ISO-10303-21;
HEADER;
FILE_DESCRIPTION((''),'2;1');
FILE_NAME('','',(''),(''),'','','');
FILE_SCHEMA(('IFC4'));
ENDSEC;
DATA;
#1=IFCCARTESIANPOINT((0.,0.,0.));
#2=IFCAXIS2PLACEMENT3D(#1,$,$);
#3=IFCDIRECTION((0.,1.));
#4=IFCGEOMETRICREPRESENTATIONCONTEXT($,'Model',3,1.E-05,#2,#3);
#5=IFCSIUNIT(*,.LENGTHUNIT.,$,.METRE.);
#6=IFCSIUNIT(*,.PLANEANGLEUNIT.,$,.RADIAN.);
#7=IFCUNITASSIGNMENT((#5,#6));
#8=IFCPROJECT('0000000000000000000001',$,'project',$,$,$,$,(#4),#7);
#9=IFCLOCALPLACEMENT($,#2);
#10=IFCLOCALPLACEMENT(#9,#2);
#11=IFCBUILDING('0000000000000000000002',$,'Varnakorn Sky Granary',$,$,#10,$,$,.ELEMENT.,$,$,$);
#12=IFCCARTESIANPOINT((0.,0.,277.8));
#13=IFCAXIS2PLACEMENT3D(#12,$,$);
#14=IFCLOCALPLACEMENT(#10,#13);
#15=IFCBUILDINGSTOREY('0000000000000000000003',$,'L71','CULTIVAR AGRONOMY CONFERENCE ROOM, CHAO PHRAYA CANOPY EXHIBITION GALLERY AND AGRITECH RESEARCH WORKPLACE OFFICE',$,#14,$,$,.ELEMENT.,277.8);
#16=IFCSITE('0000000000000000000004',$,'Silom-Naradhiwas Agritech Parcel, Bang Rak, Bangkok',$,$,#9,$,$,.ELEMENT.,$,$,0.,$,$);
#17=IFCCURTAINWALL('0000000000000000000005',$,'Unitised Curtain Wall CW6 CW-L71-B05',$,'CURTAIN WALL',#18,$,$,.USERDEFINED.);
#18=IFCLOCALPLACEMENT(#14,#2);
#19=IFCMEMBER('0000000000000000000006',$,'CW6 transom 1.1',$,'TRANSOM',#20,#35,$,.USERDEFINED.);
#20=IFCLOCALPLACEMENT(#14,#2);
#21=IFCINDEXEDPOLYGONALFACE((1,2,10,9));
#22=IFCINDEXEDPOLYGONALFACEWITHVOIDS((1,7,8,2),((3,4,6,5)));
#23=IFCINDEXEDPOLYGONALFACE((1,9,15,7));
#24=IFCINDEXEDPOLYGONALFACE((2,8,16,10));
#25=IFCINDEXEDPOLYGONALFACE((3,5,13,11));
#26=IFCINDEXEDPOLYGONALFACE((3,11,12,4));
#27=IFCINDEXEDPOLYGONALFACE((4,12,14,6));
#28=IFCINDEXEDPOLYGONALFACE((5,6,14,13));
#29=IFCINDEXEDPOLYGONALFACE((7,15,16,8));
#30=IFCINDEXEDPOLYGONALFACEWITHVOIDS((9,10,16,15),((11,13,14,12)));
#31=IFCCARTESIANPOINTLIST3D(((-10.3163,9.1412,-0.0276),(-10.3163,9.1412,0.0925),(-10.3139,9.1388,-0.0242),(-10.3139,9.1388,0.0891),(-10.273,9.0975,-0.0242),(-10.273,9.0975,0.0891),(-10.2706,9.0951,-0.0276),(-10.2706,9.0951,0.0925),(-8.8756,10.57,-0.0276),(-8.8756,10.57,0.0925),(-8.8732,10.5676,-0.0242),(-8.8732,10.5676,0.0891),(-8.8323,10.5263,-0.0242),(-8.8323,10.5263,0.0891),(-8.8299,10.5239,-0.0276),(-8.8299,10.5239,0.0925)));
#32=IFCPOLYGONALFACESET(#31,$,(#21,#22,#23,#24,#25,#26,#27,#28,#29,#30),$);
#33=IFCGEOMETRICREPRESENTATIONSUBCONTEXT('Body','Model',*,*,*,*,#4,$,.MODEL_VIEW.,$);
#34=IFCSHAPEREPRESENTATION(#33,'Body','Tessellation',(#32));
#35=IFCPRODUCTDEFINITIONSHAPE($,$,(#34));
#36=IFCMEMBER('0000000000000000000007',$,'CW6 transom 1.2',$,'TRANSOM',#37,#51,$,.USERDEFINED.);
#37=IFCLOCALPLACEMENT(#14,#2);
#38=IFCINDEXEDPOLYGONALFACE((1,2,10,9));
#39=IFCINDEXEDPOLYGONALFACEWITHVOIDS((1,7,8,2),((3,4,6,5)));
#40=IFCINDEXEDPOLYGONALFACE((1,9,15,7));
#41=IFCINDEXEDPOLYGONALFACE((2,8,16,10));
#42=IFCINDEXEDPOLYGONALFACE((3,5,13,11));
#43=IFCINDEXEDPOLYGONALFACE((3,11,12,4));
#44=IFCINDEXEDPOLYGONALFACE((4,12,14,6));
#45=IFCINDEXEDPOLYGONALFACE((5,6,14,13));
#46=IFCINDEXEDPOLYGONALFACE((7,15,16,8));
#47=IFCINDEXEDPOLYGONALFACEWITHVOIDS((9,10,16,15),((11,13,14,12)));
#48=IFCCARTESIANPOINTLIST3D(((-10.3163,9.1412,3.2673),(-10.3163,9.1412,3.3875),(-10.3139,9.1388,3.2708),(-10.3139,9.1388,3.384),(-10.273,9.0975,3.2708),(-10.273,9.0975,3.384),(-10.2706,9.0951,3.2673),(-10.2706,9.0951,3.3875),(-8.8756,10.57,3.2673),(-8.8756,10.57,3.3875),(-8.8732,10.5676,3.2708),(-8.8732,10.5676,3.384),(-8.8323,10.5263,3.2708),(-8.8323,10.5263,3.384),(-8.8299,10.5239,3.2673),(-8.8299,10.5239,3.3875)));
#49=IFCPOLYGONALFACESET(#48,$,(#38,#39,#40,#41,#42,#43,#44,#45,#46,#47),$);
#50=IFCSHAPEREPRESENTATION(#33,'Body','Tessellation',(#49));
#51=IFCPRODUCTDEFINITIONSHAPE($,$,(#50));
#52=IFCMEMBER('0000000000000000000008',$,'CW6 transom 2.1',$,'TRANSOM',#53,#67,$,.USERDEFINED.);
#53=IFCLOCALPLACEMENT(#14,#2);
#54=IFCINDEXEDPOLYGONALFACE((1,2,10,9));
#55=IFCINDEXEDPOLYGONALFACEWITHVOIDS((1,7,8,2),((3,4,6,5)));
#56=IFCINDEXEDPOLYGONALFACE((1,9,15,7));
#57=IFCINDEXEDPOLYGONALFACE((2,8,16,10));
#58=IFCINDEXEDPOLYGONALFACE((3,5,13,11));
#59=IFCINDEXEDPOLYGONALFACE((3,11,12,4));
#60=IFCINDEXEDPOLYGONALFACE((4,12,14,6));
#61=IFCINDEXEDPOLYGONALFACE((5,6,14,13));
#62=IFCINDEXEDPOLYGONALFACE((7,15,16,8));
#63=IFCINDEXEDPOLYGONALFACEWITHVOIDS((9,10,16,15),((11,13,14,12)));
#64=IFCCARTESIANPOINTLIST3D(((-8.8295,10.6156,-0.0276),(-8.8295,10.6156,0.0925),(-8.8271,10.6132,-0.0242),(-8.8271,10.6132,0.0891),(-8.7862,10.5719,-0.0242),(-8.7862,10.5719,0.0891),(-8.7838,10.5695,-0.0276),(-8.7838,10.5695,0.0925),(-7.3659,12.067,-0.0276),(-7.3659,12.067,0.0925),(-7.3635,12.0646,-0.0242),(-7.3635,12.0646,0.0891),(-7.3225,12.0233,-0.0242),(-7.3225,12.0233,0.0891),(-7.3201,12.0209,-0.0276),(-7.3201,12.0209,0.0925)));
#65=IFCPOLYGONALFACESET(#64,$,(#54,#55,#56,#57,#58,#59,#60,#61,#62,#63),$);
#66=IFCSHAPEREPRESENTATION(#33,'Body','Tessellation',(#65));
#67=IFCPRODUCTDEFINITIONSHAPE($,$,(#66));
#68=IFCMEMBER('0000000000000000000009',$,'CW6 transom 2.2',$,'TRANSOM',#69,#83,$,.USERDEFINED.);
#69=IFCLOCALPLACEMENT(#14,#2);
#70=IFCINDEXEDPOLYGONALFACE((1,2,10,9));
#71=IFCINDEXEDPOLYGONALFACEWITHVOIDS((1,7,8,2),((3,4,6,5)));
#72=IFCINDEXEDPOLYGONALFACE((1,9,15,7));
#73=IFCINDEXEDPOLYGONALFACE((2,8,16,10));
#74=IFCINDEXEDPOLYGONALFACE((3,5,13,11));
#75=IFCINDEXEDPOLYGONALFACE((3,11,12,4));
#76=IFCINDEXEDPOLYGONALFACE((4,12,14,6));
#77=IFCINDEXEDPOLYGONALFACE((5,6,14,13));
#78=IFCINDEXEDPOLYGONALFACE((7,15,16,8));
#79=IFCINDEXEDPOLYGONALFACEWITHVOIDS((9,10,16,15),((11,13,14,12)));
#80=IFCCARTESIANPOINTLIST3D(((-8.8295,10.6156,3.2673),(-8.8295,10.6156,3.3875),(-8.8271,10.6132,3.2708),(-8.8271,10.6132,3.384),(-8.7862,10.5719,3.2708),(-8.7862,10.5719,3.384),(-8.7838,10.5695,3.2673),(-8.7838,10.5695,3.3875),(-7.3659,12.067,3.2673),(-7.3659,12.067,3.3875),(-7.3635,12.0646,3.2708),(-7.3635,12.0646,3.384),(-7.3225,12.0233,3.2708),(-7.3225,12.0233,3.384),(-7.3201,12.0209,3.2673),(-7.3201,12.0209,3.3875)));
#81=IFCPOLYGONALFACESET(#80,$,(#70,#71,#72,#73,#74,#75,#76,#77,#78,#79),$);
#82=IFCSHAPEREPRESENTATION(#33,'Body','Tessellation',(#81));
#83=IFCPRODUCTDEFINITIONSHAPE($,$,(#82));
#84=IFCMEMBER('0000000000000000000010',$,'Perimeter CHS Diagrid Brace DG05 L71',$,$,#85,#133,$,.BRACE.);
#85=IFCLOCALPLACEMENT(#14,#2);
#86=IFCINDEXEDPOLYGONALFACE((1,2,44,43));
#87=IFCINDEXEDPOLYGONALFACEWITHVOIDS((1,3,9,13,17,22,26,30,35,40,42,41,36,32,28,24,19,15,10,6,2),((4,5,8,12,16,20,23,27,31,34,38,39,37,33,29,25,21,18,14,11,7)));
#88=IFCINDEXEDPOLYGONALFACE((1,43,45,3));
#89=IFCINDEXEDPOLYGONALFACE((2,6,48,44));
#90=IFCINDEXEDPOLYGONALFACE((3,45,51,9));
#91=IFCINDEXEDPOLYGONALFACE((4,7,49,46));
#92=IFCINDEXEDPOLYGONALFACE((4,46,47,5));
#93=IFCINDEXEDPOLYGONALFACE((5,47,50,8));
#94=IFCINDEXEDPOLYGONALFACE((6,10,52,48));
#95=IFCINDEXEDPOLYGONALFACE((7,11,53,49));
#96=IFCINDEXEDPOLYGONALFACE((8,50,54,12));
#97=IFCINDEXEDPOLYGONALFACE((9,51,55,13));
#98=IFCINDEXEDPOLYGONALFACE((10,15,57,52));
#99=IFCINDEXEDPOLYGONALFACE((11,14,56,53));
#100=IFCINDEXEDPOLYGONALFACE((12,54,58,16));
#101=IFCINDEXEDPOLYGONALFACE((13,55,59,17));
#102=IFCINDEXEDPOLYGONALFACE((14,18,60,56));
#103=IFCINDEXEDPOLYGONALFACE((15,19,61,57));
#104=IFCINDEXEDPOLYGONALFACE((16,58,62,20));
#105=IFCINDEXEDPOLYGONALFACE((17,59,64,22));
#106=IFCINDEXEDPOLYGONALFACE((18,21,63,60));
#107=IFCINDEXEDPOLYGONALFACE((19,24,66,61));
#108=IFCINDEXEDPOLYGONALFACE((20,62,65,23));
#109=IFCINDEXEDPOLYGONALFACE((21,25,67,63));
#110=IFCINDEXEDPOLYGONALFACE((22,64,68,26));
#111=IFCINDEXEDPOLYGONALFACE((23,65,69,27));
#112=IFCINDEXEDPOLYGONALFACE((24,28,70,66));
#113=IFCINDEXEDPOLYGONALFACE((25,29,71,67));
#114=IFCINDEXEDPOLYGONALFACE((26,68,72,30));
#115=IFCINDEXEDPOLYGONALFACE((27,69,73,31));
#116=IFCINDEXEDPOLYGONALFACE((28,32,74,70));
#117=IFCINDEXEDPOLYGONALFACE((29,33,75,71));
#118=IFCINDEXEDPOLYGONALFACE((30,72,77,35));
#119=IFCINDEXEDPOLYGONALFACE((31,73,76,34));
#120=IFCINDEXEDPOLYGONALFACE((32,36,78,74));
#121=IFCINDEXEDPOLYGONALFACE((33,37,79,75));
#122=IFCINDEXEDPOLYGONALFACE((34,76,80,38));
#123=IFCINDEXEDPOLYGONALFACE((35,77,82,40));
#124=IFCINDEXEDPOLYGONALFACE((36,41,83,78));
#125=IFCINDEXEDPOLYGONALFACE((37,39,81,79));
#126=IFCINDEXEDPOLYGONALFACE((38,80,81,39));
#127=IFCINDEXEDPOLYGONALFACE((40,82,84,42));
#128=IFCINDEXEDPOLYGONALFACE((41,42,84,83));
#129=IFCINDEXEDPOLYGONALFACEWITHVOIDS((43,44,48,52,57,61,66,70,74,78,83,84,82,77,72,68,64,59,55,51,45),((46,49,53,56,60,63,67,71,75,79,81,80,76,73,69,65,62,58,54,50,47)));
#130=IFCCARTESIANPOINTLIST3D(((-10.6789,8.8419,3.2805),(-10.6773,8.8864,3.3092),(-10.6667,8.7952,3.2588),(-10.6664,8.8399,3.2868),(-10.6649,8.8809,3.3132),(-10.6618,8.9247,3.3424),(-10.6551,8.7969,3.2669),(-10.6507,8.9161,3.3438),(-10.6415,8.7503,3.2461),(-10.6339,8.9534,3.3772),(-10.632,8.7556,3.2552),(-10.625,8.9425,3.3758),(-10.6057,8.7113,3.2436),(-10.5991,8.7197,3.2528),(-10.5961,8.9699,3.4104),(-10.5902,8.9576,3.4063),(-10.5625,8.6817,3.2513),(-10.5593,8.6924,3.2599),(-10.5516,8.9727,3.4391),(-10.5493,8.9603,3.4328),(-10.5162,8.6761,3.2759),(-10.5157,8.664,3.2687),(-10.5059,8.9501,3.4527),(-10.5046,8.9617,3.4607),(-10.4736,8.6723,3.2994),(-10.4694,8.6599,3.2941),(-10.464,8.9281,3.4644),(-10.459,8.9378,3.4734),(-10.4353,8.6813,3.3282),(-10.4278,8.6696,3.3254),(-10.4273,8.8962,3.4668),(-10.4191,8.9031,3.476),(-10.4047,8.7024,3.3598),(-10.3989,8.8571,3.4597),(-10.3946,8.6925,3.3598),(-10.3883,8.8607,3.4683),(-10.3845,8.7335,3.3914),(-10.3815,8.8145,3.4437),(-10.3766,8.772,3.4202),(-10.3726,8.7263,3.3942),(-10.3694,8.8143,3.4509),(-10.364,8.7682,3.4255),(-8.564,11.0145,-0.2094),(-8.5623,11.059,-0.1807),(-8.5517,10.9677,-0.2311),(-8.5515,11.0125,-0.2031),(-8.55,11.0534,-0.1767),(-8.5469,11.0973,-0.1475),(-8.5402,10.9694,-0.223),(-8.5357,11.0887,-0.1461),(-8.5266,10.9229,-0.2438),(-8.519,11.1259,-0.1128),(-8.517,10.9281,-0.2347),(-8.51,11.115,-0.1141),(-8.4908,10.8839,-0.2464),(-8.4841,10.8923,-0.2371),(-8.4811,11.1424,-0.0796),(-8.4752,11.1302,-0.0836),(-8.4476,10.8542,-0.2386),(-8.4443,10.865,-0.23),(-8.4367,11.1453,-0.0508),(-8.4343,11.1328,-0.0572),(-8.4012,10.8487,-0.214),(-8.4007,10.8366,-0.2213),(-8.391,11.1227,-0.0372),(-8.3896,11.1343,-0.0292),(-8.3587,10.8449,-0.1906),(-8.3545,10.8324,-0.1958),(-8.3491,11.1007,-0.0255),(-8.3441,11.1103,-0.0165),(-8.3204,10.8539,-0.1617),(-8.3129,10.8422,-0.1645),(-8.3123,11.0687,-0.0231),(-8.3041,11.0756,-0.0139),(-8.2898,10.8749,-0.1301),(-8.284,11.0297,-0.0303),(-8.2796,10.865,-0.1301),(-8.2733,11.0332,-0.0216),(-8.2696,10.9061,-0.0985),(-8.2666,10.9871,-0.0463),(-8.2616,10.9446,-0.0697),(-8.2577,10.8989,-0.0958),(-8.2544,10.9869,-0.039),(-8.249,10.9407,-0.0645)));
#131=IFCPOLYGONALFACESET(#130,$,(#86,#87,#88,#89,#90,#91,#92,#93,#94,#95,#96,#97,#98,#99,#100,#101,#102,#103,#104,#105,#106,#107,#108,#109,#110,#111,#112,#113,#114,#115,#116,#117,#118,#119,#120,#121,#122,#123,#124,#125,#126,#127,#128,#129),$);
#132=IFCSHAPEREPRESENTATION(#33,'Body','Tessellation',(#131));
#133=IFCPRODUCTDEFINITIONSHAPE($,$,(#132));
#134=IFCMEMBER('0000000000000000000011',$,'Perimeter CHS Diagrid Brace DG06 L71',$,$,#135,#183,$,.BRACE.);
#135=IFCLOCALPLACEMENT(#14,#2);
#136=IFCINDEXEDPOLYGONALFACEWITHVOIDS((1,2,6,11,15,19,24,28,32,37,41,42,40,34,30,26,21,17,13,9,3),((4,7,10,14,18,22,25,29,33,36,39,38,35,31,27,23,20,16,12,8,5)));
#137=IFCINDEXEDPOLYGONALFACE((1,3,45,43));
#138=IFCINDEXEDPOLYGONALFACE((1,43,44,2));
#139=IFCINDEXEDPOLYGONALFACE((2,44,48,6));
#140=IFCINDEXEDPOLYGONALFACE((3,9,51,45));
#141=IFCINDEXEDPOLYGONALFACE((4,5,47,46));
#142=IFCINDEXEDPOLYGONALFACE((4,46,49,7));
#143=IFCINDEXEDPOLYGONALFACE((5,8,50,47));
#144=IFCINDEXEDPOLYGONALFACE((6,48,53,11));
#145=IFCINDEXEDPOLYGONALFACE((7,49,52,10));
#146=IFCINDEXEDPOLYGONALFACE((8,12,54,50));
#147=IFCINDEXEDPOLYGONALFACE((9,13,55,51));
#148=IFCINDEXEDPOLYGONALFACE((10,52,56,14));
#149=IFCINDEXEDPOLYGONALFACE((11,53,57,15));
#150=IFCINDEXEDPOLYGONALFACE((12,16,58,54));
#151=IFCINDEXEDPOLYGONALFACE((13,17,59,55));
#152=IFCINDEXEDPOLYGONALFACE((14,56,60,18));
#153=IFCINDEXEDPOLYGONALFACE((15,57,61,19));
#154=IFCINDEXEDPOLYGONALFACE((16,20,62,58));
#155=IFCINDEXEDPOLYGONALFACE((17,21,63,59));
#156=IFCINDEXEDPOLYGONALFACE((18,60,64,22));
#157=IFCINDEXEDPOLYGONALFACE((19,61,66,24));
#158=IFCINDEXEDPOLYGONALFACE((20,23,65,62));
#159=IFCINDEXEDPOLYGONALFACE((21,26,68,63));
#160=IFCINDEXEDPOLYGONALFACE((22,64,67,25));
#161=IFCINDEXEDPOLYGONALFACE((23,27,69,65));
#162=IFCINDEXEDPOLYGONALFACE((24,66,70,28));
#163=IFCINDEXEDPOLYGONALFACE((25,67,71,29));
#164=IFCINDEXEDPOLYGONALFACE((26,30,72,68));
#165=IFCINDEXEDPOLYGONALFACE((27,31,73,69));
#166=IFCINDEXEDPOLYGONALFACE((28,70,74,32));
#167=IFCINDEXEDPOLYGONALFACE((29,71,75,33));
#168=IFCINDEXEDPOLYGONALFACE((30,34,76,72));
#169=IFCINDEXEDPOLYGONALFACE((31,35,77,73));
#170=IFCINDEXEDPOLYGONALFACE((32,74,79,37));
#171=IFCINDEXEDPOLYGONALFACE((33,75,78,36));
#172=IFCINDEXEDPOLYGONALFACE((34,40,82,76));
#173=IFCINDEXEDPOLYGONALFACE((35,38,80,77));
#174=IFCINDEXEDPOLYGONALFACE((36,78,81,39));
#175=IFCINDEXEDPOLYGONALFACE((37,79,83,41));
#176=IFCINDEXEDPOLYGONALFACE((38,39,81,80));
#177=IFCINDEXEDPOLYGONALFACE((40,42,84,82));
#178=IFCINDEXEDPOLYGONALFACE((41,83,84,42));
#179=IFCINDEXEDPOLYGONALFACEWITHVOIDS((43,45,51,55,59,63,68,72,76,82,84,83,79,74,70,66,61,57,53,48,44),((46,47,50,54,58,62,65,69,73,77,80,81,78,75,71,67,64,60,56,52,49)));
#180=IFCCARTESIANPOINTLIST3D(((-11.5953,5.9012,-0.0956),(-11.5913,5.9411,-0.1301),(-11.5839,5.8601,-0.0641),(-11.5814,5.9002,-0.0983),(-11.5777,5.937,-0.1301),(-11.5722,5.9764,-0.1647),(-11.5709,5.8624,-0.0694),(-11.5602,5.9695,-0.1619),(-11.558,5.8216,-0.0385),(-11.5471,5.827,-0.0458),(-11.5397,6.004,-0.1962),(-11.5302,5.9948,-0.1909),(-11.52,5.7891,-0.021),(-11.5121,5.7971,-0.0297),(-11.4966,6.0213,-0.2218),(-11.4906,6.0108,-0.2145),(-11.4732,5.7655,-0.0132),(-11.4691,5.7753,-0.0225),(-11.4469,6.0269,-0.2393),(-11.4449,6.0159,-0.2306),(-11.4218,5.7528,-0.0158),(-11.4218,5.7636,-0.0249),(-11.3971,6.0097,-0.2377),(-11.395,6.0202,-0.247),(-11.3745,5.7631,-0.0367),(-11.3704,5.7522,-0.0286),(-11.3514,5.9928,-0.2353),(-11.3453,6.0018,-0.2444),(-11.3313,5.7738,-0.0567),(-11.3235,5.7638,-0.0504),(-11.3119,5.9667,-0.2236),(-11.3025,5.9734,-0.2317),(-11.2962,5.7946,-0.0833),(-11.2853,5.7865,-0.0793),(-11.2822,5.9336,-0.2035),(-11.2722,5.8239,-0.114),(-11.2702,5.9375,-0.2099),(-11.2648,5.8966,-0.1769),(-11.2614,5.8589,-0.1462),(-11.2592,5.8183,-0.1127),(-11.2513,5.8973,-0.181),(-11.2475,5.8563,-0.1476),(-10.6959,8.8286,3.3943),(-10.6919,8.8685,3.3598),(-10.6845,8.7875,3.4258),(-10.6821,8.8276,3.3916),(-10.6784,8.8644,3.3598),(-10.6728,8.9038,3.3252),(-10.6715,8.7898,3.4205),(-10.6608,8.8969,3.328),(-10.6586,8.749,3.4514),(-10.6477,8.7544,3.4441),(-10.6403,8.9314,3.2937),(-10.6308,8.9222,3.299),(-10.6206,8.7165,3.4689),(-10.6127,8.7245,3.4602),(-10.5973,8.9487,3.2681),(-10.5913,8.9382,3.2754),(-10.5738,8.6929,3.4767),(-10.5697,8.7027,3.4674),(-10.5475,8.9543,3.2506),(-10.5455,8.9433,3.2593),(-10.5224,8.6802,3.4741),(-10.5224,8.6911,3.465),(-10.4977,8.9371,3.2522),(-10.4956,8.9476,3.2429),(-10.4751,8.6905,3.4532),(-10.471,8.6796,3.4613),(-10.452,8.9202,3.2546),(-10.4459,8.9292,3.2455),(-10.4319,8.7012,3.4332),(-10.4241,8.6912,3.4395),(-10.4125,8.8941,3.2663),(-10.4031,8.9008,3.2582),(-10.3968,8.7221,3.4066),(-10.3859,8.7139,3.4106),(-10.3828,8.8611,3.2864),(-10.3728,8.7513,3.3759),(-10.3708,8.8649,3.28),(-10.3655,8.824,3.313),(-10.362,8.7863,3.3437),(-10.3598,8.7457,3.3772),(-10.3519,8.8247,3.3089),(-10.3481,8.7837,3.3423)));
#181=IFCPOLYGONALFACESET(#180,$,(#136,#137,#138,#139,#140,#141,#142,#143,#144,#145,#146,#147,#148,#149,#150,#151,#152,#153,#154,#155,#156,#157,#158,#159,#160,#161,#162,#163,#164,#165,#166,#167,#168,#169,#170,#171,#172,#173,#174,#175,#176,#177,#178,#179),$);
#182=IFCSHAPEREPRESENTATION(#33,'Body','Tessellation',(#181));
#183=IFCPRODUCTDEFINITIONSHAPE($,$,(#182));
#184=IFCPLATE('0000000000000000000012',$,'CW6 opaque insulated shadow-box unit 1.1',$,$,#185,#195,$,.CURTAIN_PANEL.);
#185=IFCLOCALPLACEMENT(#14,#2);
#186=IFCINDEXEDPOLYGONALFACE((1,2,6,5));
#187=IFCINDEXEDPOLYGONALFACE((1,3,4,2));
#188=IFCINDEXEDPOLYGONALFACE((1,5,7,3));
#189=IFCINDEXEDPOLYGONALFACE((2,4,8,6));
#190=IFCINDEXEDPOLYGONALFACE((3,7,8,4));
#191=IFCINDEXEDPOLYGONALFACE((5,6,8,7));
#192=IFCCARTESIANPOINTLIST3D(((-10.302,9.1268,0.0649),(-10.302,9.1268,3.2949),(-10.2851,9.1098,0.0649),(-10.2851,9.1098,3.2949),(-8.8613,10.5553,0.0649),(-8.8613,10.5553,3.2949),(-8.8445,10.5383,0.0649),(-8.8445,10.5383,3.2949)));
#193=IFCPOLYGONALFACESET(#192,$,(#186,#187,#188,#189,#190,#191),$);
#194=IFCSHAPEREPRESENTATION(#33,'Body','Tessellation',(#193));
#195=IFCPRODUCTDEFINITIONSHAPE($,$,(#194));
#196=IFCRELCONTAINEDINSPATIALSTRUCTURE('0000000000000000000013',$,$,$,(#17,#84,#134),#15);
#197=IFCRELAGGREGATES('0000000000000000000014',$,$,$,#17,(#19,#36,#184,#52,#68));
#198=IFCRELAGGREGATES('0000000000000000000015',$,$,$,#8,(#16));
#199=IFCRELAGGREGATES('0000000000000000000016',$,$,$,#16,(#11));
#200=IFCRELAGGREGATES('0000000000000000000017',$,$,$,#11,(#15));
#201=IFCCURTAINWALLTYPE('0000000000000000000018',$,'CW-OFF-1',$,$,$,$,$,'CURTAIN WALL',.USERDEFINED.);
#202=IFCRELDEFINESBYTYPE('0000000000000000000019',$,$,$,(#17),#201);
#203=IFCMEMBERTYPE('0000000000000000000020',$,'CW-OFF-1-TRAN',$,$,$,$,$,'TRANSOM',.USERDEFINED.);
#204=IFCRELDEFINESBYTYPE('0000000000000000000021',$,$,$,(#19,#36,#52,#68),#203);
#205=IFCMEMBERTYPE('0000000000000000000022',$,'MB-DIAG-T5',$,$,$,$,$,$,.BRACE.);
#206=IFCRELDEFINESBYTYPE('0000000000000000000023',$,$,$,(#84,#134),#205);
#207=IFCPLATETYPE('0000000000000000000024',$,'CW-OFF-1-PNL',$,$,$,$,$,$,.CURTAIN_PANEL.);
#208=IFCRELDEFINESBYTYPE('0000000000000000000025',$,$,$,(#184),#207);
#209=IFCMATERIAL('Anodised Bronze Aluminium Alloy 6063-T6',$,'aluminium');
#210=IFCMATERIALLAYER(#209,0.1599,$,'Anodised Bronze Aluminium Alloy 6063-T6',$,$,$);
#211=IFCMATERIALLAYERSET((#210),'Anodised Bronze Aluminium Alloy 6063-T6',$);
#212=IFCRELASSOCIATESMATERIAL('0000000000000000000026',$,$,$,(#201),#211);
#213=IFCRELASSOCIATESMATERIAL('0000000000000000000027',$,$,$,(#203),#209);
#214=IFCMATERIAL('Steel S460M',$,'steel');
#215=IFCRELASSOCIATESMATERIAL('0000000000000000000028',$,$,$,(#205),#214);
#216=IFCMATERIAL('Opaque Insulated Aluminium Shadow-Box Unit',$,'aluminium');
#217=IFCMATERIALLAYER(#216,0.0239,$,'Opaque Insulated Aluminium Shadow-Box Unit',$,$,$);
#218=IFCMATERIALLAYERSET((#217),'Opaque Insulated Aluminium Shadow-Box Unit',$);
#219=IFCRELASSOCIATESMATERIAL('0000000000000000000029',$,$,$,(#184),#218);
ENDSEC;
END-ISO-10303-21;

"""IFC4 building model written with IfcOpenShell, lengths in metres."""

from ifc_helpers import new_model, si_unit, direction, frame, origin, origin_2d, place, context, subcontext, project, spatial, rectangle, hollow_rectangle, hollow_circle, extrude, source, transform, mapped, material, layer, layer_set, material_profile, profile_set, type_object, type_shapes, element, aggregate, save


model = new_model("IFC4")

# Units and contexts
model_context = context("Model", 3, precision=1e-05, world=origin(), true_north=direction((0.0, 1.0)))
body_context = subcontext(model_context, "Body", "Model", "MODEL_VIEW")
ifc_project = project(units=[si_unit("LENGTHUNIT", "METRE"), si_unit("PLANEANGLEUNIT", "RADIAN")], contexts=[model_context])

# Site, building, storey
site_placement = place(None, origin())
site = spatial("IfcSite", under=ifc_project, at=site_placement, Name="Silom-Naradhiwas Agritech Parcel, Bang Rak, Bangkok", CompositionType="ELEMENT", RefElevation=0.0)
building_placement = place(site_placement, origin())
building = spatial("IfcBuilding", under=site, at=building_placement, Name="Varnakorn Sky Granary", CompositionType="ELEMENT")
storey_placement = place(building_placement, frame((0.0, 0.0, 277.8)))
storey = spatial("IfcBuildingStorey", under=building, at=storey_placement, Name="L71", Description="CULTIVAR AGRONOMY CONFERENCE ROOM, CHAO PHRAYA CANOPY EXHIBITION GALLERY AND AGRITECH RESEARCH WORKPLACE OFFICE", CompositionType="ELEMENT", Elevation=277.8)

# Shared definitions
ifc_material_1 = material(Name="Steel S460M", Category="steel")

# Curtain wall, members
ifc_material_2 = material(Name="Anodised Bronze Aluminium Alloy 6063-T6", Category="aluminium")
ifc_layer_1 = layer(ifc_material_2, 0.1599, Name="Anodised Bronze Aluminium Alloy 6063-T6")
ifc_layer_set_1 = layer_set([ifc_layer_1], Name="Anodised Bronze Aluminium Alloy 6063-T6")
curtain_wall_type = type_object("IfcCurtainWallType", Name="CW-OFF-1", ElementType="CURTAIN WALL", PredefinedType="USERDEFINED", material=ifc_layer_set_1)
curtain_wall_placement = place(storey_placement, origin())
curtain_wall = element("IfcCurtainWall", 1, at=curtain_wall_placement, inside=storey, type_object=curtain_wall_type, Name="Unitised Curtain Wall CW6 CW-L71-B05", ObjectType="CURTAIN WALL", PredefinedType="USERDEFINED")
ifc_material_profile_1 = material_profile(ifc_material_2, hollow_rectangle(XDim=0.0649, YDim=0.1201, WallThickness=0.0034, at=origin_2d()), Name="ALU TRAN 65x120")
ifc_profile_set_1 = profile_set([ifc_material_profile_1], Name="Anodised Bronze Aluminium Alloy 6063-T6")
member_type_1 = type_object("IfcMemberType", Name="CW-OFF-1-TRAN", ElementType="TRANSOM", PredefinedType="USERDEFINED", material=ifc_profile_set_1)
member_1_placement = place(storey_placement, frame((-10.2935, 9.1182, 0.0325), z_axis=(0.710049, 0.704153, 0.0), x_axis=(-0.704153, 0.710049, 0.0)))
member_1 = element("IfcMember", 2, at=member_1_placement, type_object=member_type_1, Name="CW6 transom 1.1", ObjectType="TRANSOM", PredefinedType="USERDEFINED", context=body_context, shape_type="SweptSolid", body=[
    extrude(hollow_rectangle(XDim=0.0649, YDim=0.1201, WallThickness=0.0034, at=origin_2d()), origin(), (0.0, 0.0, 1.0), 2.0291),
])
member_2_placement = place(storey_placement, frame((-10.2935, 9.1182, 3.3274), z_axis=(0.710049, 0.704153, 0.0), x_axis=(-0.704153, 0.710049, 0.0)))
member_2 = element("IfcMember", 3, at=member_2_placement, type_object=member_type_1, Name="CW6 transom 1.2", ObjectType="TRANSOM", PredefinedType="USERDEFINED", context=body_context, shape_type="SweptSolid", body=[
    extrude(hollow_rectangle(XDim=0.0649, YDim=0.1201, WallThickness=0.0034, at=origin_2d()), origin(), (0.0, 0.0, 1.0), 2.0291),
])
member_3_placement = place(storey_placement, frame((-8.8066, 10.5925, 0.0325), z_axis=(0.710062, 0.70414, 0.0), x_axis=(-0.70414, 0.710062, 0.0)))
member_3 = element("IfcMember", 4, at=member_3_placement, type_object=member_type_1, Name="CW6 transom 2.1", ObjectType="TRANSOM", PredefinedType="USERDEFINED", context=body_context, shape_type="SweptSolid", body=[
    extrude(hollow_rectangle(XDim=0.0649, YDim=0.1201, WallThickness=0.0034, at=origin_2d()), origin(), (0.0, 0.0, 1.0), 2.0613),
])
member_4_placement = place(storey_placement, frame((-8.8066, 10.5925, 3.3274), z_axis=(0.710062, 0.70414, 0.0), x_axis=(-0.70414, 0.710062, 0.0)))
member_4 = element("IfcMember", 5, at=member_4_placement, type_object=member_type_1, Name="CW6 transom 2.2", ObjectType="TRANSOM", PredefinedType="USERDEFINED", context=body_context, shape_type="SweptSolid", body=[
    extrude(hollow_rectangle(XDim=0.0649, YDim=0.1201, WallThickness=0.0034, at=origin_2d()), origin(), (0.0, 0.0, 1.0), 2.0613),
])

# Members
ifc_material_profile_2 = material_profile(ifc_material_1, hollow_circle(Radius=0.1777, WallThickness=0.0142, at=origin_2d()), Name="CHS 355.6x14")
ifc_profile_set_2 = profile_set([ifc_material_profile_2], Name="Steel S460M")
member_type_2 = type_object("IfcMemberType", Name="MB-DIAG-T5", PredefinedType="BRACE", material=ifc_profile_set_2)
member_5_placement = place(storey_placement, frame((-8.407, 10.989, -0.1301), z_axis=(-0.457479, -0.469942, 0.754896), x_axis=(0.716544, -0.697542, 0.0)))
element("IfcMember", 6, at=member_5_placement, inside=storey, type_object=member_type_2, Name="Perimeter CHS Diagrid Brace DG05 L71", PredefinedType="BRACE", context=body_context, shape_type="SweptSolid", body=[
    extrude(hollow_circle(Radius=0.1777, WallThickness=0.0142, at=origin_2d()), origin(), (0.0, 0.0, 1.0), 4.623),
])
member_6_placement = place(storey_placement, frame((-11.4214, 5.8889, -0.1301), z_axis=(0.193706, 0.630492, 0.751637), x_axis=(-0.955903, 0.293682, 0.0)))
element("IfcMember", 7, at=member_6_placement, inside=storey, type_object=member_type_2, Name="Perimeter CHS Diagrid Brace DG06 L71", PredefinedType="BRACE", context=body_context, shape_type="SweptSolid", body=[
    extrude(hollow_circle(Radius=0.1777, WallThickness=0.0142, at=origin_2d()), origin(), (0.0, 0.0, 1.0), 4.6431),
])

# Plate
ifc_material_3 = material(Name="Opaque Insulated Aluminium Shadow-Box Unit", Category="aluminium")
ifc_layer_2 = layer(ifc_material_3, 0.0239, Name="Opaque Insulated Aluminium Shadow-Box Unit")
ifc_layer_set_2 = layer_set([ifc_layer_2], Name="Opaque Insulated Aluminium Shadow-Box Unit")
plate_type = type_object("IfcPlateType", Name="CW-OFF-1-PNL", PredefinedType="CURTAIN_PANEL")
shared_shape_1 = source(origin(), body_context, "Body", "SweptSolid", [
    extrude(rectangle(XDim=2.0288, YDim=0.0239, at=origin_2d()), origin(), (0.0, 0.0, 1.0), 3.23),
])
type_shapes(plate_type, [shared_shape_1])
plate_placement = place(storey_placement, frame((-9.5732, 9.8325, 0.0649), z_axis=(0.0, 0.0, 1.0), x_axis=(0.710099, 0.704102, 0.0)))
plate = element("IfcPlate", 8, at=plate_placement, type_object=plate_type, material=ifc_layer_set_2, Name="CW6 opaque insulated shadow-box unit 1.1", PredefinedType="CURTAIN_PANEL", context=body_context, shape_type="MappedRepresentation", body=[
    mapped(shared_shape_1, transform((0.0, 0.0, 0.0), x_axis=(1.0, 0.0, 0.0), y_axis=(0.0, 1.0, 0.0), z_axis=(0.0, 0.0, 1.0), scale=1.0)),
])
aggregate(curtain_wall, [member_1, member_2, plate, member_3, member_4])

save(model, "model.ifc")
